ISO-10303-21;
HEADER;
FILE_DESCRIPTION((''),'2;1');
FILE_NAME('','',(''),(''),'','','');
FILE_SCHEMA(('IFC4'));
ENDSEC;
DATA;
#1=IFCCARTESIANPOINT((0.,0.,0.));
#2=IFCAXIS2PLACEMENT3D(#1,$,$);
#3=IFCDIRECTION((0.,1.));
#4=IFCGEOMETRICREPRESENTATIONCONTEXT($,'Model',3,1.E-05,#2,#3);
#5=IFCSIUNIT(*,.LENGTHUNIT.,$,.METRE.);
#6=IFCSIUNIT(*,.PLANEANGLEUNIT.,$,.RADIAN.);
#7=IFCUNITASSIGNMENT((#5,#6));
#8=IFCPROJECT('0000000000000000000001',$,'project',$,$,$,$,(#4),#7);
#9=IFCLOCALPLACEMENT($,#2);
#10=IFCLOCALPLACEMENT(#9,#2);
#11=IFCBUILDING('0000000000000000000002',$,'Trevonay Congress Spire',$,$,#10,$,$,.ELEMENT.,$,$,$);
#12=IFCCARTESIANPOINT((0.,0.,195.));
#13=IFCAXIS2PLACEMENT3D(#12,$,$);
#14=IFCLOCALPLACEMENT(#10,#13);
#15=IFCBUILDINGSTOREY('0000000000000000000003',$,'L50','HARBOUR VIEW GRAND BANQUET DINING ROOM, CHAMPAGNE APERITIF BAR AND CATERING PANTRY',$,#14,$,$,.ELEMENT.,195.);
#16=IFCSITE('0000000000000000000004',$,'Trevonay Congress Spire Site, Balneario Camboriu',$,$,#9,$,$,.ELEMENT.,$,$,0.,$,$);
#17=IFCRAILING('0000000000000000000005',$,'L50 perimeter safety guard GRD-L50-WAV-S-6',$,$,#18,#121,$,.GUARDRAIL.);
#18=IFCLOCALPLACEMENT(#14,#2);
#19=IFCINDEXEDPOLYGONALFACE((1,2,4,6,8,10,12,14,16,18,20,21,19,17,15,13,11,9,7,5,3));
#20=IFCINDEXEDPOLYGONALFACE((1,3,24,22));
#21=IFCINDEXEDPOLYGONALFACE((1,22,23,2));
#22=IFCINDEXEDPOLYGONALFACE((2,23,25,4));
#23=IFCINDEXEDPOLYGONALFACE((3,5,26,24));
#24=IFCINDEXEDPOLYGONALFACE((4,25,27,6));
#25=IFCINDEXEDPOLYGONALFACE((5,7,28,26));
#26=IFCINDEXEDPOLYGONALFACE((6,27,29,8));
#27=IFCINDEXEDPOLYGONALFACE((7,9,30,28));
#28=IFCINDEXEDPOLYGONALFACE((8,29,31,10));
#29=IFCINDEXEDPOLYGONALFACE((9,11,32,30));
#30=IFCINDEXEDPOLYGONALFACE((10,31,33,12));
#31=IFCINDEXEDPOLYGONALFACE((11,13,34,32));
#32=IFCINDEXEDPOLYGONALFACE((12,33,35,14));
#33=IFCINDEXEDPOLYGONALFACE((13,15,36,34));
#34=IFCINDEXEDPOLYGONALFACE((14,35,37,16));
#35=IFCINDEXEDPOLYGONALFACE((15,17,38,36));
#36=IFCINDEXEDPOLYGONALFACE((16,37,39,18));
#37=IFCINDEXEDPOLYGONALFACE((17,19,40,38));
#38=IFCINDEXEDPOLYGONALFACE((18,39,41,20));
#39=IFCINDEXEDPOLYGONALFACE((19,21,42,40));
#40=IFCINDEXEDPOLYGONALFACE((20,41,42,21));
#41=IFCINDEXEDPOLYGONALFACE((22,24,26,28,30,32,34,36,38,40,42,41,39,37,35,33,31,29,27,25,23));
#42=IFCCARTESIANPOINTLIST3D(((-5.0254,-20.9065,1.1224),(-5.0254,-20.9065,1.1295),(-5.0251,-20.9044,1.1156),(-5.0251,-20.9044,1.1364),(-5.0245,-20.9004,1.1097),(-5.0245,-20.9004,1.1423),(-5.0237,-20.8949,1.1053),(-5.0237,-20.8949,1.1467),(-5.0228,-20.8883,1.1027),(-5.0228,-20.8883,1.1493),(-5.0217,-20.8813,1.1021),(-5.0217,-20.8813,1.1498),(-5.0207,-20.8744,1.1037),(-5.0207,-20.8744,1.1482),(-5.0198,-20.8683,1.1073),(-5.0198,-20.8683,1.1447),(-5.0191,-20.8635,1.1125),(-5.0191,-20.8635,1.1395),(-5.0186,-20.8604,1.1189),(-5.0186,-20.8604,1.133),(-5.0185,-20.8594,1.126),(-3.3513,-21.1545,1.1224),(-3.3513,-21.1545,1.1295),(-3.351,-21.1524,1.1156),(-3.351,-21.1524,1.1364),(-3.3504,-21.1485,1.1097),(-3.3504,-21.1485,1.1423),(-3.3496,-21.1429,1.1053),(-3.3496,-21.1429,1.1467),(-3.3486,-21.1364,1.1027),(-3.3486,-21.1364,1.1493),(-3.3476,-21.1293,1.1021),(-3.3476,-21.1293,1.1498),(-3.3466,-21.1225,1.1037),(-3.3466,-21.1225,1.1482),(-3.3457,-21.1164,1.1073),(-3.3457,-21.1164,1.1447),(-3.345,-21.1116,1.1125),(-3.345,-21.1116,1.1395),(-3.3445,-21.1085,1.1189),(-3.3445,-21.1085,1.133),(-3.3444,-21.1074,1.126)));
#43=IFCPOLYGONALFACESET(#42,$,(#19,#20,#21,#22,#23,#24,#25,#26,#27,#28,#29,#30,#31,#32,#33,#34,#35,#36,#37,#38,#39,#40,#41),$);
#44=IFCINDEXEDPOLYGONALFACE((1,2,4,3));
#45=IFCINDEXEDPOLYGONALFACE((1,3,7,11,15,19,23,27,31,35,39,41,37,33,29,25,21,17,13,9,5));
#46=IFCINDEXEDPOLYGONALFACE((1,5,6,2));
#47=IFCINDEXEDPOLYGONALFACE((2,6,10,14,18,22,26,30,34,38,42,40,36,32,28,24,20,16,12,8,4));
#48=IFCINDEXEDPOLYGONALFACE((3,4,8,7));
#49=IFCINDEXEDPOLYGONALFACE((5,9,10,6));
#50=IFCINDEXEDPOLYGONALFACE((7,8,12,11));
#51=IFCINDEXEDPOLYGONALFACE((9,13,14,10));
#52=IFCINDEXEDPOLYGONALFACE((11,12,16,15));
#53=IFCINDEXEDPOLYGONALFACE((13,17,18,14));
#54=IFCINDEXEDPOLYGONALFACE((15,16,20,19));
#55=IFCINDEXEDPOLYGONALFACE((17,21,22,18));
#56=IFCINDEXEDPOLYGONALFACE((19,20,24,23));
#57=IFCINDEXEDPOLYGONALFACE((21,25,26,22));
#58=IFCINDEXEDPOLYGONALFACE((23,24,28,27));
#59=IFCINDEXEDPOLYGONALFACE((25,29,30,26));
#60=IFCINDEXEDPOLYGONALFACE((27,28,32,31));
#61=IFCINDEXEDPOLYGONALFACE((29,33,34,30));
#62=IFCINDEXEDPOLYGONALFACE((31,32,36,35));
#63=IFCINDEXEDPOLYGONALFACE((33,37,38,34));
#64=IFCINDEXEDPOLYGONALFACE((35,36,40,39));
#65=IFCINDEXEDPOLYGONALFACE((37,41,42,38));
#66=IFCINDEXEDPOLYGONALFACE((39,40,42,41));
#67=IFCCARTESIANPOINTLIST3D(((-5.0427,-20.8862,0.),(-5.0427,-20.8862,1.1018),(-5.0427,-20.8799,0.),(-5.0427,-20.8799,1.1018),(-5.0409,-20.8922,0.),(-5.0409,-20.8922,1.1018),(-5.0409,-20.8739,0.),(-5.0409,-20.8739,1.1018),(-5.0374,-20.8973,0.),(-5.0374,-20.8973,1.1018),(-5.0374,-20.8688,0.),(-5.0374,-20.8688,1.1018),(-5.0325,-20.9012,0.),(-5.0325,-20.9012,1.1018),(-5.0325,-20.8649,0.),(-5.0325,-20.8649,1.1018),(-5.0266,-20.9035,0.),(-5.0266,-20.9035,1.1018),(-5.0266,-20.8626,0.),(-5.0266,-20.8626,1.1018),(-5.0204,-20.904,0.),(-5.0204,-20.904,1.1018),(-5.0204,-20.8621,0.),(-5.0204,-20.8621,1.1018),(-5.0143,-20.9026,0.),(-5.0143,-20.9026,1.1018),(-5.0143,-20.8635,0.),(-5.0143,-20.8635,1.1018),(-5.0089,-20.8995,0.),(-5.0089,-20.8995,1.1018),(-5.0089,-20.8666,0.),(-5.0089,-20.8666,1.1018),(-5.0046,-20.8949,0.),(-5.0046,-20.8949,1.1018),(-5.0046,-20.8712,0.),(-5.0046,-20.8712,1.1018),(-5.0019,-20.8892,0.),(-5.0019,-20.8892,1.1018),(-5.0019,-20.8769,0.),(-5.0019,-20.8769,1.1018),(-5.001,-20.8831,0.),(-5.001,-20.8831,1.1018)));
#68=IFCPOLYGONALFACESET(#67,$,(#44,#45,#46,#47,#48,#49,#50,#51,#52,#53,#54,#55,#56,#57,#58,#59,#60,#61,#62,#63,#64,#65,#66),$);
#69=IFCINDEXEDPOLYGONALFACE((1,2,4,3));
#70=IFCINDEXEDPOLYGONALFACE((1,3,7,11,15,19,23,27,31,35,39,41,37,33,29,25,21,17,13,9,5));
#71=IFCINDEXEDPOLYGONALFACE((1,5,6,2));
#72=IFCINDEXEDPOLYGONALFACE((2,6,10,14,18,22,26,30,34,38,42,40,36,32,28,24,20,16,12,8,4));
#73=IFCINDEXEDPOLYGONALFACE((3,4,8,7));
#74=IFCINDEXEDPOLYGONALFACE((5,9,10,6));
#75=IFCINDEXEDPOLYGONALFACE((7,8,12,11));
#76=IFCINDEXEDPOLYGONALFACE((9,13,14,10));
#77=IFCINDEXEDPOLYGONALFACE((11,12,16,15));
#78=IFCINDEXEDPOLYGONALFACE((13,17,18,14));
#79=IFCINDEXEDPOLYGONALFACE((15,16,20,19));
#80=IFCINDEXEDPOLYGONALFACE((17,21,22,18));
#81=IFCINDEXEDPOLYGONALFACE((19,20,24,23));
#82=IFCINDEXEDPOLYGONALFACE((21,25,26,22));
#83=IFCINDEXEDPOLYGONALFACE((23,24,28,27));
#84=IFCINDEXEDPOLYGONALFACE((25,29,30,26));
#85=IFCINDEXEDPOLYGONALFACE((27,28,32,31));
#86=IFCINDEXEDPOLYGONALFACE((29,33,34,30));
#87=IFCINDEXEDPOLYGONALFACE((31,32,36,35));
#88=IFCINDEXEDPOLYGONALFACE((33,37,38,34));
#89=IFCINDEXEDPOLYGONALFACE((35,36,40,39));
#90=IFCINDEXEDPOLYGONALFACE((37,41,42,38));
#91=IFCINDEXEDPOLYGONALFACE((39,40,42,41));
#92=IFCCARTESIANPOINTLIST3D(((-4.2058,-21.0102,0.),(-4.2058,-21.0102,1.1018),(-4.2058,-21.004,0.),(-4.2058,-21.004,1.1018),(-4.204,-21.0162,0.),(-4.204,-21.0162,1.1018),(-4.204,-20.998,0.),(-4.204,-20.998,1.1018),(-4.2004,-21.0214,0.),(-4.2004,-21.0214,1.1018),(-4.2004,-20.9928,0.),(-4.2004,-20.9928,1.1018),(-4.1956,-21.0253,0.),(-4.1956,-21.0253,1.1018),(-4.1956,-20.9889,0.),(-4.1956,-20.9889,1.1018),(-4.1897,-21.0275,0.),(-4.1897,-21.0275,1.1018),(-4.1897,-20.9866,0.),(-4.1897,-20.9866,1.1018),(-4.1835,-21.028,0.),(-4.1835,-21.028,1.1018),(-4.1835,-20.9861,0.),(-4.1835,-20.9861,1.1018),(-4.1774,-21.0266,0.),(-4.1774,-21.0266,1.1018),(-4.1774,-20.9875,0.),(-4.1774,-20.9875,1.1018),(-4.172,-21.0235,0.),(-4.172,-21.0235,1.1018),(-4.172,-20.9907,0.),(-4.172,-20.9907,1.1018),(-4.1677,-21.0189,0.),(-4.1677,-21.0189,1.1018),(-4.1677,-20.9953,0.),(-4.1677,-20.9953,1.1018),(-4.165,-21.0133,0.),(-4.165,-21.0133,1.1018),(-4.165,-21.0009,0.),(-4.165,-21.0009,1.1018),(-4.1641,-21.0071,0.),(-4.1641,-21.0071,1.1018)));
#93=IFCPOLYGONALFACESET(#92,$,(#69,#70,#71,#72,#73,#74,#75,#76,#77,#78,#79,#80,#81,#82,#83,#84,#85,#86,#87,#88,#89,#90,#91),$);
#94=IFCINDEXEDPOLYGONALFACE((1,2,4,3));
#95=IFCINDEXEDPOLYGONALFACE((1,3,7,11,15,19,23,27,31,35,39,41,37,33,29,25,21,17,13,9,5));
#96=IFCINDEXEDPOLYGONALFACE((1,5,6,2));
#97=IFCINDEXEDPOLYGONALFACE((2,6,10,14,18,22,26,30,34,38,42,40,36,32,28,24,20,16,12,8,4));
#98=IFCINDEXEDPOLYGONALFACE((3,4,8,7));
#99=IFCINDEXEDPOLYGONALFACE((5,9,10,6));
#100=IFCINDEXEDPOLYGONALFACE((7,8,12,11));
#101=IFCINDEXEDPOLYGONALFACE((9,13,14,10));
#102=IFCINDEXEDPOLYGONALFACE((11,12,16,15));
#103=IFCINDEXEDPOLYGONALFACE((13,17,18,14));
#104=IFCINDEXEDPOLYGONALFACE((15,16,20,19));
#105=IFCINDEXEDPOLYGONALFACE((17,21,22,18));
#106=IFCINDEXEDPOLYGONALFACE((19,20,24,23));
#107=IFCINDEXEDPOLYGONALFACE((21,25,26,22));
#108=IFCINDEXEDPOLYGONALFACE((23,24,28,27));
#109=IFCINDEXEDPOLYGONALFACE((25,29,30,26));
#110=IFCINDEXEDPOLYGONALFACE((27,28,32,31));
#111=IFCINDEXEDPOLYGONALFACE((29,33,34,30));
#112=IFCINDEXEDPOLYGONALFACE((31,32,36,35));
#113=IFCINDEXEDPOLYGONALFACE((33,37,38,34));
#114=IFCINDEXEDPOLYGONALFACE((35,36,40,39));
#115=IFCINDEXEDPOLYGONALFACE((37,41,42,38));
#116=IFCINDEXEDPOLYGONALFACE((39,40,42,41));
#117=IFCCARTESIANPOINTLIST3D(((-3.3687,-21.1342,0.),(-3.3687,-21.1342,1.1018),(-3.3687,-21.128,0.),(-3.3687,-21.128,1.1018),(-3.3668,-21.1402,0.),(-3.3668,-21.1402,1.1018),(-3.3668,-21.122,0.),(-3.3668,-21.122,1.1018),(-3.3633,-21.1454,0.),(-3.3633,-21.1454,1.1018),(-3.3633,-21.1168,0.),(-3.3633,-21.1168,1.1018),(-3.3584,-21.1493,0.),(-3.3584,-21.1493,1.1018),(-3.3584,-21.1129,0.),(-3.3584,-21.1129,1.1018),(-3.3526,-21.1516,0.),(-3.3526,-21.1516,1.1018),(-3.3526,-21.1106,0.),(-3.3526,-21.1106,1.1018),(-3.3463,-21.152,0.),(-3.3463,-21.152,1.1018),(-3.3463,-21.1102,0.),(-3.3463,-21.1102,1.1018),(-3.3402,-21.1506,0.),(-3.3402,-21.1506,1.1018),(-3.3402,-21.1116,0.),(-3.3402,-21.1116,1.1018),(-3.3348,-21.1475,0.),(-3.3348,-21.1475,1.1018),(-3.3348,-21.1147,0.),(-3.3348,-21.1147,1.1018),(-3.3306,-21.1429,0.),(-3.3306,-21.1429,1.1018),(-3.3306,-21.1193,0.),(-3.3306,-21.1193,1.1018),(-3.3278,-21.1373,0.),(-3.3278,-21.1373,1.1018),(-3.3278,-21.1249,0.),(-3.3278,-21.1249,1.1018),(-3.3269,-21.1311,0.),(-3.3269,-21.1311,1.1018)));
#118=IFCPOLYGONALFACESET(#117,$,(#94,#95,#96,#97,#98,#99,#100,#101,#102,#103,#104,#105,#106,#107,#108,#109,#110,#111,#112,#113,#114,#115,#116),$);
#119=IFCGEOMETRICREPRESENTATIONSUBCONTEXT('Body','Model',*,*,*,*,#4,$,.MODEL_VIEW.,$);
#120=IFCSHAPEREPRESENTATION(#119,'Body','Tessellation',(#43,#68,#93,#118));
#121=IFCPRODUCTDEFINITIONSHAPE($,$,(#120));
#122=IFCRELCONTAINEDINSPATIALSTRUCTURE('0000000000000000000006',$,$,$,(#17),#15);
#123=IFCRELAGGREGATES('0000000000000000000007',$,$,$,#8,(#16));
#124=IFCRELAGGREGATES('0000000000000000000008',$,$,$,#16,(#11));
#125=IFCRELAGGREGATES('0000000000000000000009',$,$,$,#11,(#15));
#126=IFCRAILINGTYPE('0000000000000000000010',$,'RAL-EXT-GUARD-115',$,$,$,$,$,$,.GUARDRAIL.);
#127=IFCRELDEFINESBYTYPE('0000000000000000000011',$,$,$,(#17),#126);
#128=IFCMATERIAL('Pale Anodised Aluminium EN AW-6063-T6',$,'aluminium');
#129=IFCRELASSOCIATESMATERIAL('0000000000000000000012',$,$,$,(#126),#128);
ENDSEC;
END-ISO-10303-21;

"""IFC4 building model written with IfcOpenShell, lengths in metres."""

from ifc_helpers import new_model, si_unit, direction, frame, origin, origin_2d, place, context, subcontext, project, spatial, circle, extrude, material, type_object, element, save


model = new_model("IFC4")

# Units and contexts
model_context = context("Model", 3, precision=1e-05, world=origin(), true_north=direction((0.0, 1.0)))
body_context = subcontext(model_context, "Body", "Model", "MODEL_VIEW")
ifc_project = project(units=[si_unit("LENGTHUNIT", "METRE"), si_unit("PLANEANGLEUNIT", "RADIAN")], contexts=[model_context])

# Site, building, storey
site_placement = place(None, origin())
site = spatial("IfcSite", under=ifc_project, at=site_placement, Name="Trevonay Congress Spire Site, Balneario Camboriu", CompositionType="ELEMENT", RefElevation=0.0)
building_placement = place(site_placement, origin())
building = spatial("IfcBuilding", under=site, at=building_placement, Name="Trevonay Congress Spire", CompositionType="ELEMENT")
storey_placement = place(building_placement, frame((0.0, 0.0, 195.0)))
storey = spatial("IfcBuildingStorey", under=building, at=storey_placement, Name="L50", Description="HARBOUR VIEW GRAND BANQUET DINING ROOM, CHAMPAGNE APERITIF BAR AND CATERING PANTRY", CompositionType="ELEMENT", Elevation=195.0)

# Shared definitions
ifc_material_1 = material(Name="Pale Anodised Aluminium EN AW-6063-T6", Category="aluminium")

# Railing
railing_type = type_object("IfcRailingType", Name="RAL-EXT-GUARD-115", PredefinedType="GUARDRAIL", material=ifc_material_1)
railing_1_placement = place(storey_placement, frame((-5.022, -20.8831, 0.0)))
element("IfcRailing", 1, at=railing_1_placement, inside=storey, type_object=railing_type, Name="L50 perimeter safety guard GRD-L50-WAV-S-6", PredefinedType="GUARDRAIL", context=body_context, shape_type="SweptSolid", body=[
    extrude(circle(Radius=0.0239, at=origin_2d()), frame((0.0, 0.0, 1.126), z_axis=(0.9892, -0.14657, 0.0), x_axis=(0.14657, 0.9892, 0.0)), (0.0, 0.0, 1.0), 1.6924),
    extrude(circle(Radius=0.021, at=origin_2d()), origin(), (0.0, 0.0, 1.0), 1.1018),
    extrude(circle(Radius=0.021, at=origin_2d()), frame((0.8369, -0.124, 0.0)), (0.0, 0.0, 1.0), 1.1018),
    extrude(circle(Radius=0.021, at=origin_2d()), frame((1.6741, -0.248, 0.0)), (0.0, 0.0, 1.0), 1.1018),
])

save(model, "model.ifc")
